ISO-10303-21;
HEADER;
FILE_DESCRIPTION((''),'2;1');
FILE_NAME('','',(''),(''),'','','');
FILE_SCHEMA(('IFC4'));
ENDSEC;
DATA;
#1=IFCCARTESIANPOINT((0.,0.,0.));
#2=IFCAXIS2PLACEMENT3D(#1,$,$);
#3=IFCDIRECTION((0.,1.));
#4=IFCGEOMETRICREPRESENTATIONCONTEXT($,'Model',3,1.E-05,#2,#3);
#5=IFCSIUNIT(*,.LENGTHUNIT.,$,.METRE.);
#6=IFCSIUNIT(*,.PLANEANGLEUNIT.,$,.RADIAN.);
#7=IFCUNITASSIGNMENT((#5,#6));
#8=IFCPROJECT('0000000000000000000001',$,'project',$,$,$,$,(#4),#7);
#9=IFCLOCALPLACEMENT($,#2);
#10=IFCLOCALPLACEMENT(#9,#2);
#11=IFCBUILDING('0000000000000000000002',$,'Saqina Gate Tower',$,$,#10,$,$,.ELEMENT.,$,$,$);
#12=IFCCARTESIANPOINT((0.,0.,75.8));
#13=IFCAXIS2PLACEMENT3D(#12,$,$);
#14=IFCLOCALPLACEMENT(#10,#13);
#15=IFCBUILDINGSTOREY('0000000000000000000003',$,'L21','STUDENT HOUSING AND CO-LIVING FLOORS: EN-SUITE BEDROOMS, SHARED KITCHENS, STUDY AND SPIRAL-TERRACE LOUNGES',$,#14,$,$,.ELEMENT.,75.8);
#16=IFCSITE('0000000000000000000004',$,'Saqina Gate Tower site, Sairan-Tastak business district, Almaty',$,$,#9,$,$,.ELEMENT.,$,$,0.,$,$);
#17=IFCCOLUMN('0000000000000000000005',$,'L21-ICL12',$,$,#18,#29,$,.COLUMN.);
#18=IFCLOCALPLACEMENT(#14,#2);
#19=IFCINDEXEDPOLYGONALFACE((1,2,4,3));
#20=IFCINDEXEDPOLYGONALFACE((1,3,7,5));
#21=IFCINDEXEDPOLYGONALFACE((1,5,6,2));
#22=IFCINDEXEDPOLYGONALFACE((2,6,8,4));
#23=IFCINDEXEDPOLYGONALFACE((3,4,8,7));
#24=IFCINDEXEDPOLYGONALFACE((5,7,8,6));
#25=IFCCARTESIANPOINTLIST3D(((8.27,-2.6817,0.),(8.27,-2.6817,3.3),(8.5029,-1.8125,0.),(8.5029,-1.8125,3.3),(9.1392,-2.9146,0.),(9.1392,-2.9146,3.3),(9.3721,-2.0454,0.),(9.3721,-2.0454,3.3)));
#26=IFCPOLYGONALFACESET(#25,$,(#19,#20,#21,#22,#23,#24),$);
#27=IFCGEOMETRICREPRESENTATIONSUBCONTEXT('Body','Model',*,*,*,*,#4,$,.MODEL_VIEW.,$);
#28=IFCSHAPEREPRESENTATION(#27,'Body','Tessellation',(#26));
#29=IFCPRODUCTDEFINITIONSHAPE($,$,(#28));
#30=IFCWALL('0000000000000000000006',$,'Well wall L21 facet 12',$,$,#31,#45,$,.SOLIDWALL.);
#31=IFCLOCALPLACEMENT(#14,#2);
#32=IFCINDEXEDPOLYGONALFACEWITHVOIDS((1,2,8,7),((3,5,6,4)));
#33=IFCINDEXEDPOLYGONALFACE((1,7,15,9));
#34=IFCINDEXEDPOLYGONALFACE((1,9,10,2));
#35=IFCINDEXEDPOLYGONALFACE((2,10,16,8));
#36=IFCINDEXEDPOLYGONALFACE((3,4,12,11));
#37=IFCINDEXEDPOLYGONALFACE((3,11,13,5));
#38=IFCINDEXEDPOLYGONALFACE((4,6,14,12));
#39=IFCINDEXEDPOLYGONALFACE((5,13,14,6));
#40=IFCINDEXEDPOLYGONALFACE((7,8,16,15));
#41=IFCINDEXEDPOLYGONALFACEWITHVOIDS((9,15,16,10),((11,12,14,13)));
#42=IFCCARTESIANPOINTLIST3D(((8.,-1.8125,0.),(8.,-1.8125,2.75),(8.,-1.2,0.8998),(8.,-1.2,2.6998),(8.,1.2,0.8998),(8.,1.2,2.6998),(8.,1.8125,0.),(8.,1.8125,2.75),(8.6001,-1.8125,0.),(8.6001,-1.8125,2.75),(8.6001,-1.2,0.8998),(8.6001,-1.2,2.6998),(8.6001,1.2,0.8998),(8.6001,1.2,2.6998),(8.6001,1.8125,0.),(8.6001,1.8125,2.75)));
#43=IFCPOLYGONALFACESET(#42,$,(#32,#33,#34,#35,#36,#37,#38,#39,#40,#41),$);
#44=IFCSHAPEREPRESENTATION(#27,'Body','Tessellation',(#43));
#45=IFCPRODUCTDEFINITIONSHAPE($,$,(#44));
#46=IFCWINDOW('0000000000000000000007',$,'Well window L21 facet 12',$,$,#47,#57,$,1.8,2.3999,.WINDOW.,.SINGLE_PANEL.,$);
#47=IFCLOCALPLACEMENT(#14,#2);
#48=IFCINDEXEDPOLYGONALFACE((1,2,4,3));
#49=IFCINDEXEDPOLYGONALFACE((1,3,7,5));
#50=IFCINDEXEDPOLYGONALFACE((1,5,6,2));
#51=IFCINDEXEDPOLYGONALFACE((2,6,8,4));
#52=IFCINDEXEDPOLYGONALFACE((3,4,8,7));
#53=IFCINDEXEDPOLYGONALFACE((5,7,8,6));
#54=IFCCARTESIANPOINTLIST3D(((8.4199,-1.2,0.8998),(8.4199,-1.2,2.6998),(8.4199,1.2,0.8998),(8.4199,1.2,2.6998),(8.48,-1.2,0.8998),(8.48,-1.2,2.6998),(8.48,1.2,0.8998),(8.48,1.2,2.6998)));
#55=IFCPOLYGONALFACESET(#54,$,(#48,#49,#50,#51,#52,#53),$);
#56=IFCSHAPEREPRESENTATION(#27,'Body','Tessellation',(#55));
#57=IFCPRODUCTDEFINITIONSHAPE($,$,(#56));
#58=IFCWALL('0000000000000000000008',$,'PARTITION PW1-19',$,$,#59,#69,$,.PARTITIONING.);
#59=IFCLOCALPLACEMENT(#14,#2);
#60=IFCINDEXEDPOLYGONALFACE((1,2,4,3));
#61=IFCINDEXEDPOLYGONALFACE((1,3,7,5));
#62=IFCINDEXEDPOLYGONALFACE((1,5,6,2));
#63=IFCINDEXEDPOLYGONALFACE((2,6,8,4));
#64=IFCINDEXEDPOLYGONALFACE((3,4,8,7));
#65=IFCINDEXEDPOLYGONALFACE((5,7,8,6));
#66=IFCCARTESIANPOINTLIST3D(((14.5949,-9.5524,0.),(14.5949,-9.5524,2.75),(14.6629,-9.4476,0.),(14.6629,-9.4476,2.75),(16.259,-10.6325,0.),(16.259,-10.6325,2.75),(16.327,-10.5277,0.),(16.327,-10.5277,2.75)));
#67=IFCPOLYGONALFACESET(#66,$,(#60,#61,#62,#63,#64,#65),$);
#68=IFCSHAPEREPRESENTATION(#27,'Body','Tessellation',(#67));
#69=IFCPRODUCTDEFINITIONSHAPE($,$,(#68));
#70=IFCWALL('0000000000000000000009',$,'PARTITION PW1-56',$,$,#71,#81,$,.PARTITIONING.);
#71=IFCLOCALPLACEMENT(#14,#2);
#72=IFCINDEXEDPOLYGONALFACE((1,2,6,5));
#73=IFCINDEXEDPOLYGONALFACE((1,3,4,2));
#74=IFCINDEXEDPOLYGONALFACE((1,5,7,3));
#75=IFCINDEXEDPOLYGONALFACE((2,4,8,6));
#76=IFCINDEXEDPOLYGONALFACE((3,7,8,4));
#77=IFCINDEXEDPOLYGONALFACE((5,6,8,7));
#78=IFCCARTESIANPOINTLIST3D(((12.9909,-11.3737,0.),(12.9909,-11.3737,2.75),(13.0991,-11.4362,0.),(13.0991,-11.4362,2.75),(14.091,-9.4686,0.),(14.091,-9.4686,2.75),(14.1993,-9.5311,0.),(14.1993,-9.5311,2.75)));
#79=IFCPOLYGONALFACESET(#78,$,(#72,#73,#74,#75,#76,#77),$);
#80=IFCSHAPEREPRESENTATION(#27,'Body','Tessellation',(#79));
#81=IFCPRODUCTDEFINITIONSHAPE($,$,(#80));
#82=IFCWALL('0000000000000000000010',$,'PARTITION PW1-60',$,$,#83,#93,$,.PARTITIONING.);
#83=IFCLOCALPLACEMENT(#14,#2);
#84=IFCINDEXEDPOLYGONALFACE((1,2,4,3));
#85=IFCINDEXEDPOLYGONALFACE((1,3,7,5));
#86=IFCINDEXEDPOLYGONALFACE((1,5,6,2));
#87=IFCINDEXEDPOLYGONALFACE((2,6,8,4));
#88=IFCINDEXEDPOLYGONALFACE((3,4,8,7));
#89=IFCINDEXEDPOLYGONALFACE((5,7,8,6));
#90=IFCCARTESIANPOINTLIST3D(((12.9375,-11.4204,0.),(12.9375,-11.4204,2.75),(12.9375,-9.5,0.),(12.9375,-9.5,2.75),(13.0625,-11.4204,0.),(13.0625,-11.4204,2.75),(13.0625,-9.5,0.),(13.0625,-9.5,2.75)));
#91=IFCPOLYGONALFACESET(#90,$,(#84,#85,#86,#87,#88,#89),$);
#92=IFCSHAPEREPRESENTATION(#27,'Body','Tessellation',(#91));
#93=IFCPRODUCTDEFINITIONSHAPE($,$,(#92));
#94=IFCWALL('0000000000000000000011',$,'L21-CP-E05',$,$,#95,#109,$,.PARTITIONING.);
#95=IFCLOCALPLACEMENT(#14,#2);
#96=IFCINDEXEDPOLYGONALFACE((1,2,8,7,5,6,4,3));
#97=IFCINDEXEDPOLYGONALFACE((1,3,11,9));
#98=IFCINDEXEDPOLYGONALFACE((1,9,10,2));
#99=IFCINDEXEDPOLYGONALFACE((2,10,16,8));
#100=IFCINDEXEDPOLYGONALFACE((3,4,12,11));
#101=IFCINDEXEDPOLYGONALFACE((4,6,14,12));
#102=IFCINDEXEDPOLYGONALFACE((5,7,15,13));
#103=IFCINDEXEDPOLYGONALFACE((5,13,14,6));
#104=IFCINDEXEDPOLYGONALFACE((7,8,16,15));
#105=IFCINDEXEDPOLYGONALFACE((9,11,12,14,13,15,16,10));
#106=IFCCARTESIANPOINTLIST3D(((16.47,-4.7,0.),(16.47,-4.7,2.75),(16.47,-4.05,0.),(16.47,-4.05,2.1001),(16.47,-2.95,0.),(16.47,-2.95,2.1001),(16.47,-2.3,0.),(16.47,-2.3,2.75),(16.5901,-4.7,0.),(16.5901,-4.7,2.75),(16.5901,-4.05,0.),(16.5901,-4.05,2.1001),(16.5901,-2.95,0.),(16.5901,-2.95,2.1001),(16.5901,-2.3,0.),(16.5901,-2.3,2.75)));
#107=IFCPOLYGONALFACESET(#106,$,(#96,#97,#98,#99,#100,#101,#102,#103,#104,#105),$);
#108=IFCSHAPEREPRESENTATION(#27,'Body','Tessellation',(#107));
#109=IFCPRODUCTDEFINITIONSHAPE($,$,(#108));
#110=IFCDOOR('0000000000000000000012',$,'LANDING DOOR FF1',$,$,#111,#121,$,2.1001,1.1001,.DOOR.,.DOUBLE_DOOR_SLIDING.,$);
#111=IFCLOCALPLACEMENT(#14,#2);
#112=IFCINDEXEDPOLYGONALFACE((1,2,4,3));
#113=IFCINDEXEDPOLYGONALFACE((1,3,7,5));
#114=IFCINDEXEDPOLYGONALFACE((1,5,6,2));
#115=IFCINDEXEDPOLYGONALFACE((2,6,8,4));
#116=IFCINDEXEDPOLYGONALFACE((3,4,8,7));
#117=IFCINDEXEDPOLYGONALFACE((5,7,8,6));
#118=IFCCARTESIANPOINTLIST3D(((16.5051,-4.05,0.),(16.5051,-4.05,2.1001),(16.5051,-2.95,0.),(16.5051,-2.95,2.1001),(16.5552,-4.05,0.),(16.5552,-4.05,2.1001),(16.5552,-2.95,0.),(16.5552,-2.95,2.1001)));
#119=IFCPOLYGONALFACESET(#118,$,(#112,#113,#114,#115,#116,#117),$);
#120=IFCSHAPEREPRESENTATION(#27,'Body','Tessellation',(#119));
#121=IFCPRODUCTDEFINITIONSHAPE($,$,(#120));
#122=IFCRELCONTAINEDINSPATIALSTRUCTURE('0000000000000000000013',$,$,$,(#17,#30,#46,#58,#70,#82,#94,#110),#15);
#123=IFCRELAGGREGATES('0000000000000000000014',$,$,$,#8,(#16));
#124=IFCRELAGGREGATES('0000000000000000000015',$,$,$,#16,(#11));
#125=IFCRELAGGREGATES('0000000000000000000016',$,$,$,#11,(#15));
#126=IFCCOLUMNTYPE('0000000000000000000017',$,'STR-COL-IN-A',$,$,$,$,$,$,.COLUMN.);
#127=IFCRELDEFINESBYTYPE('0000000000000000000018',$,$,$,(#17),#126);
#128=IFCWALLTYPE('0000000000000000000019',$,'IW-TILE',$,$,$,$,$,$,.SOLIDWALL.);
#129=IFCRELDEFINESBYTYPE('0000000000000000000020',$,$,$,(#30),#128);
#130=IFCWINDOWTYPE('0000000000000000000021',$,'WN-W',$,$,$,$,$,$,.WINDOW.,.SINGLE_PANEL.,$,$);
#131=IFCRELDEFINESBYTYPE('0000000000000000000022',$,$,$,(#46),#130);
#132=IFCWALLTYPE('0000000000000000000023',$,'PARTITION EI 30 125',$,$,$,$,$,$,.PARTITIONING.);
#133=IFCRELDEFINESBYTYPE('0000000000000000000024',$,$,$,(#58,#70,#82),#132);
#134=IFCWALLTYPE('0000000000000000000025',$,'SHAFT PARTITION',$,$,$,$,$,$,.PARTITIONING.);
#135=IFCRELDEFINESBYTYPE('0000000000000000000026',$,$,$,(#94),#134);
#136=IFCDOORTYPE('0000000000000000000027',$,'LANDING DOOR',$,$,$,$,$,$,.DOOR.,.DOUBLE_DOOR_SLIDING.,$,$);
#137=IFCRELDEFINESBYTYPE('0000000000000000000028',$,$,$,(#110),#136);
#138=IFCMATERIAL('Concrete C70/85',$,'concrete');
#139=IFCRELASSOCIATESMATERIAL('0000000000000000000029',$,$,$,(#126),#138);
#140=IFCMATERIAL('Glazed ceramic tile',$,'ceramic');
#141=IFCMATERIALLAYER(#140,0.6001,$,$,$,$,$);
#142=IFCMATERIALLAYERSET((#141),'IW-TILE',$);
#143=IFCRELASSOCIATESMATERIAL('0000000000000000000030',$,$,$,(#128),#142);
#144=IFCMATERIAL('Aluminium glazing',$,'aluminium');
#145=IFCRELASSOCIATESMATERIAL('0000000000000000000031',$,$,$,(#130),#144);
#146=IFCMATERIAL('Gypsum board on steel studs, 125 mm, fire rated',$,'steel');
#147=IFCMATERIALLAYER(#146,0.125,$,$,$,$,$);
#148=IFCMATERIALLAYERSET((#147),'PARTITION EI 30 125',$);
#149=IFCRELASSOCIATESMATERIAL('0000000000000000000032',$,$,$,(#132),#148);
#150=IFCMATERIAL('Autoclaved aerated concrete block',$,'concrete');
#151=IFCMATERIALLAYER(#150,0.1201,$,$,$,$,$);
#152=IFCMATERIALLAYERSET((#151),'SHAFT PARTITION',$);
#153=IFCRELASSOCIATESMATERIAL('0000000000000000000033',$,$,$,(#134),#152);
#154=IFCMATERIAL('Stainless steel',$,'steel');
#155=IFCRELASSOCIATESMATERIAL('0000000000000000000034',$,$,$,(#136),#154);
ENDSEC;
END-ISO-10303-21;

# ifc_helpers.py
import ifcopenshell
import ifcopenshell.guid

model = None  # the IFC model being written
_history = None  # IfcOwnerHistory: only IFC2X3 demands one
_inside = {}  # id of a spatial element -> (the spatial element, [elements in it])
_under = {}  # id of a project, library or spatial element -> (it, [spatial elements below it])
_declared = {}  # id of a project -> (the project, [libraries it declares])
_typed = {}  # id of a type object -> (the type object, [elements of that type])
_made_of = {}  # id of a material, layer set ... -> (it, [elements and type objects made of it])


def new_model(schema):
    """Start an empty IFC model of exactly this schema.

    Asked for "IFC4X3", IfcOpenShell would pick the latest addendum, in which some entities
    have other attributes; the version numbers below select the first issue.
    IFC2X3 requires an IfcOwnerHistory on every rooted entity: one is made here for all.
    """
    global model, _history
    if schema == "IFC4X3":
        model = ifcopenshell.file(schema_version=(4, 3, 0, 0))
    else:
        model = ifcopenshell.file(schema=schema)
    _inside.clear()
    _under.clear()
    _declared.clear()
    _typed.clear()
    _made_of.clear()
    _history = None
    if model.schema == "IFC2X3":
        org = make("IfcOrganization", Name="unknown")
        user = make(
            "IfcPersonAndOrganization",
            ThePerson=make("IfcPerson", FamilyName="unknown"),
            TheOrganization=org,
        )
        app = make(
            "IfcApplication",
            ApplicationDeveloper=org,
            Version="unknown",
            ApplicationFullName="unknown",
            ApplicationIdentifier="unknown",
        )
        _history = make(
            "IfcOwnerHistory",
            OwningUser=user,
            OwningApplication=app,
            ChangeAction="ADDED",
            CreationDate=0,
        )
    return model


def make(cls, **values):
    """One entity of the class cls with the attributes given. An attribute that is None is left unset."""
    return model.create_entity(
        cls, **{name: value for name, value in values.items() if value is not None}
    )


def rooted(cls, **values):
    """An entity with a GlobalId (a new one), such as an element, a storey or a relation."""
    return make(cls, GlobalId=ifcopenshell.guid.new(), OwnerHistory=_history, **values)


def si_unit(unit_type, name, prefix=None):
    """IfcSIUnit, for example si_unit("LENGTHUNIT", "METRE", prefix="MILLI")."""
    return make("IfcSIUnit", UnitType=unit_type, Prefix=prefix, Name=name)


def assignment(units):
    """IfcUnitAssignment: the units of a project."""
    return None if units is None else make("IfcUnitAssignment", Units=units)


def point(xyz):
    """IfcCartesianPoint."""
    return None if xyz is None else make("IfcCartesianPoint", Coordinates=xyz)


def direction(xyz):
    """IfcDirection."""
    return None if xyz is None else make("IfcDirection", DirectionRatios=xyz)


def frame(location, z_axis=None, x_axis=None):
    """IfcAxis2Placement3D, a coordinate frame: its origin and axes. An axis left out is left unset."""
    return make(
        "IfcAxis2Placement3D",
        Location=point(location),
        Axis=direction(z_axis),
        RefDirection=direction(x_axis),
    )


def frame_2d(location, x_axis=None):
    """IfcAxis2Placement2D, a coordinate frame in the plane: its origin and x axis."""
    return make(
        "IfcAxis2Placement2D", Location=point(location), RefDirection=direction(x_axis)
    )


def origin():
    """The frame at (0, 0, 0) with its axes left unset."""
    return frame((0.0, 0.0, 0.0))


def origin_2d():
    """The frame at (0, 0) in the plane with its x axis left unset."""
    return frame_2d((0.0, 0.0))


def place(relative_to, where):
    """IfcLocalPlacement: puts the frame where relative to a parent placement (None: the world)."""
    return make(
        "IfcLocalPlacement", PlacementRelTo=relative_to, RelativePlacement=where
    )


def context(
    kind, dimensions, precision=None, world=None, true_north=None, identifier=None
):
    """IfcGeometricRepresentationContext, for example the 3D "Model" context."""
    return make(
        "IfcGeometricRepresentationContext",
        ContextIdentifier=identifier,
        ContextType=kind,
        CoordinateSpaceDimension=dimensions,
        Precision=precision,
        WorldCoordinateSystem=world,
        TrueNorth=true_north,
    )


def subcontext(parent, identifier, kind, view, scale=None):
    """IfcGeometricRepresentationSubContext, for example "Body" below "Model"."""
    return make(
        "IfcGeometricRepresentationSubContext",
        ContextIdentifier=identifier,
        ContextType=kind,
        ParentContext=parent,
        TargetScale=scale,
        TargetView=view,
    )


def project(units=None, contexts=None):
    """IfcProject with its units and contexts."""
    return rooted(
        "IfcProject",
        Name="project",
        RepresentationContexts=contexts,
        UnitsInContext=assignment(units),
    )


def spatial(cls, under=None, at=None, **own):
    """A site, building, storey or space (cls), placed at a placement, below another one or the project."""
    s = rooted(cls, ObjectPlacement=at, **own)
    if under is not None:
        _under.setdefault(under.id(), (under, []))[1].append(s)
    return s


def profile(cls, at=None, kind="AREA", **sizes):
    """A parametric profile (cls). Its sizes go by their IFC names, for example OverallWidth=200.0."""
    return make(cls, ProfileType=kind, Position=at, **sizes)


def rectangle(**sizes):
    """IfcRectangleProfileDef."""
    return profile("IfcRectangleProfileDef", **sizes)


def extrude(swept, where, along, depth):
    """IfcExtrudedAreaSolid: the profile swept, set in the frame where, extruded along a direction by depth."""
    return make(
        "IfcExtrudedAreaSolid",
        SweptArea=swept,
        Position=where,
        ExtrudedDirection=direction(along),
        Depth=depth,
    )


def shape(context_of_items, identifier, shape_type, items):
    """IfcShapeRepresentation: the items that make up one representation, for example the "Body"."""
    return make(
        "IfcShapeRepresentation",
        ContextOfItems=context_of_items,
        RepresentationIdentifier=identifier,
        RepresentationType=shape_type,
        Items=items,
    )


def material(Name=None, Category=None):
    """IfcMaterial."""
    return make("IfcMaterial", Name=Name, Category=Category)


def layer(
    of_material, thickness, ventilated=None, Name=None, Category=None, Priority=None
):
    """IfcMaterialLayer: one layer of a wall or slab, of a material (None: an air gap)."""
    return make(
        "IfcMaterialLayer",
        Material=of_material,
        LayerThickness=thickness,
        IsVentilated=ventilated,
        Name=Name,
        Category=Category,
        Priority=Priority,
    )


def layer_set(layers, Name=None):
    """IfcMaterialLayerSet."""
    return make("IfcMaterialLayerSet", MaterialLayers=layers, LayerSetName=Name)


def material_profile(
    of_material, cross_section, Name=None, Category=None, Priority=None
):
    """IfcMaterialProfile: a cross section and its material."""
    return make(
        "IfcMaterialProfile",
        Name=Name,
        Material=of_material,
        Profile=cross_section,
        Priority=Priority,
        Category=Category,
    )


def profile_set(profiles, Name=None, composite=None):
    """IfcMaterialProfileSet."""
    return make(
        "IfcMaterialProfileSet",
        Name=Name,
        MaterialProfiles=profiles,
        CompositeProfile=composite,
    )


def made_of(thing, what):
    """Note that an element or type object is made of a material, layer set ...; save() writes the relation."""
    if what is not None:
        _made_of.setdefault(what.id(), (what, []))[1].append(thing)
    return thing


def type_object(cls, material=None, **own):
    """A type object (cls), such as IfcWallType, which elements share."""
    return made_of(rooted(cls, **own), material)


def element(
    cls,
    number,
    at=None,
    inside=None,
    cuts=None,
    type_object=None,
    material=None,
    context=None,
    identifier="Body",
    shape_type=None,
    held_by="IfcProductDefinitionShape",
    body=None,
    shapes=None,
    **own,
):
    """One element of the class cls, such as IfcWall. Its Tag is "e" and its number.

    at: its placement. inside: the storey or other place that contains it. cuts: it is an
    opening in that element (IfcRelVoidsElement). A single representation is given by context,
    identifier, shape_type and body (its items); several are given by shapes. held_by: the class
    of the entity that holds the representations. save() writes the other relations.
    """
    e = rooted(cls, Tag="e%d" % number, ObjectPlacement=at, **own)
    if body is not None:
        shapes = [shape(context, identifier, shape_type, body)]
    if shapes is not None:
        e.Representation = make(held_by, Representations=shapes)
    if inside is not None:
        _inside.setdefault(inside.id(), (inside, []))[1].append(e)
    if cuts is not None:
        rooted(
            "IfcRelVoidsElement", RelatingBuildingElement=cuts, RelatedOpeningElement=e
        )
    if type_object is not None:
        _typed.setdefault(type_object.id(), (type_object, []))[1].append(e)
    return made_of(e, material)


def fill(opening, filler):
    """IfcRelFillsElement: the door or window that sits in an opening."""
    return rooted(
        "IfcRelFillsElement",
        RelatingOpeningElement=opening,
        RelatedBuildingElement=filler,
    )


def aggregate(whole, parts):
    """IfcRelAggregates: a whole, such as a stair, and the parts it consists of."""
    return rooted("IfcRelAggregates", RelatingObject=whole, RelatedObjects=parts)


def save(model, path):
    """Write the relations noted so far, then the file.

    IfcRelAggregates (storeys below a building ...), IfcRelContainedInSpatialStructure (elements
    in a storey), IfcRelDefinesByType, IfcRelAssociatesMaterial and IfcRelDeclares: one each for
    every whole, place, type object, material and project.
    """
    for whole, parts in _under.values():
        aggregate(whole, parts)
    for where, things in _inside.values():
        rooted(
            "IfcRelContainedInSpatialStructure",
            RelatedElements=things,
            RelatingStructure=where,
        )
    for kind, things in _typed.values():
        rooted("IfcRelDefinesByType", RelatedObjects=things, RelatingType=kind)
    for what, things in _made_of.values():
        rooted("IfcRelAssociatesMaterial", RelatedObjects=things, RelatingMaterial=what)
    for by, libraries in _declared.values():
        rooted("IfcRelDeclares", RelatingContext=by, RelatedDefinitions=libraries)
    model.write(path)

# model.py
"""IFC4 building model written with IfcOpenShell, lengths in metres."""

from ifc_helpers import new_model, si_unit, direction, frame, frame_2d, origin, origin_2d, place, context, subcontext, project, spatial, rectangle, extrude, material, layer, layer_set, material_profile, profile_set, type_object, element, fill, save


model = new_model("IFC4")

# Units and contexts
model_context = context("Model", 3, precision=1e-05, world=origin(), true_north=direction((0.0, 1.0)))
body_context = subcontext(model_context, "Body", "Model", "MODEL_VIEW")
ifc_project = project(units=[si_unit("LENGTHUNIT", "METRE"), si_unit("PLANEANGLEUNIT", "RADIAN")], contexts=[model_context])

# Site, building, storey
site_placement = place(None, origin())
site = spatial("IfcSite", under=ifc_project, at=site_placement, Name="Saqina Gate Tower site, Sairan-Tastak business district, Almaty", CompositionType="ELEMENT", RefElevation=0.0)
building_placement = place(site_placement, origin())
building = spatial("IfcBuilding", under=site, at=building_placement, Name="Saqina Gate Tower", CompositionType="ELEMENT")
storey_placement = place(building_placement, frame((0.0, 0.0, 75.8)))
storey = spatial("IfcBuildingStorey", under=building, at=storey_placement, Name="L21", Description="STUDENT HOUSING AND CO-LIVING FLOORS: EN-SUITE BEDROOMS, SHARED KITCHENS, STUDY AND SPIRAL-TERRACE LOUNGES", CompositionType="ELEMENT", Elevation=75.8)

# Column
ifc_material_1 = material(Name="Concrete C70/85", Category="concrete")
ifc_material_profile = material_profile(ifc_material_1, rectangle(XDim=0.8999, YDim=0.8999, at=origin_2d()), Name="RC 900x900")
ifc_profile_set = profile_set([ifc_material_profile], Name="Concrete C70/85")
column_type = type_object("IfcColumnType", Name="STR-COL-IN-A", PredefinedType="COLUMN", material=ifc_profile_set)
column_placement = place(storey_placement, frame((8.821, -2.3635, 0.0), z_axis=(0.0, 0.0, 1.0), x_axis=(0.965926, -0.258819, 0.0)))
element("IfcColumn", 1, at=column_placement, inside=storey, type_object=column_type, Name="L21-ICL12", PredefinedType="COLUMN", context=body_context, shape_type="SweptSolid", body=[
    extrude(rectangle(XDim=0.8999, YDim=0.8999, at=origin_2d()), origin(), (0.0, 0.0, 1.0), 3.3),
])

# Wall, opening, window
ifc_material_2 = material(Name="Glazed ceramic tile", Category="ceramic")
ifc_layer_1 = layer(ifc_material_2, 0.6001)
ifc_layer_set_1 = layer_set([ifc_layer_1], Name="IW-TILE")
wall_type_1 = type_object("IfcWallType", Name="IW-TILE", PredefinedType="SOLIDWALL", material=ifc_layer_set_1)
wall_1_placement = place(storey_placement, frame((8.3, -1.8125, 0.0), z_axis=(0.0, 0.0, 1.0), x_axis=(0.0, 1.0, 0.0)))
wall_1 = element("IfcWall", 2, at=wall_1_placement, inside=storey, type_object=wall_type_1, Name="Well wall L21 facet 12", PredefinedType="SOLIDWALL", context=body_context, shape_type="SweptSolid", body=[
    extrude(rectangle(XDim=3.625, YDim=0.6001, at=frame_2d((1.8125, 0.0))), origin(), (0.0, 0.0, 1.0), 2.75),
])
opening_1_placement = place(wall_1_placement, frame((0.6125, 0.0, 0.8999)))
opening_1 = element("IfcOpeningElement", 3, at=opening_1_placement, cuts=wall_1, PredefinedType="OPENING", context=body_context, shape_type="SweptSolid", body=[
    extrude(rectangle(XDim=2.3999, YDim=1.8, at=frame_2d((1.2, 0.8999))), frame((0.0, 0.312, 0.0), z_axis=(0.0, -1.0, 0.0), x_axis=(1.0, 0.0, 0.0)), (0.0, 0.0, 1.0), 0.624),
])
ifc_material_3 = material(Name="Aluminium glazing", Category="aluminium")
window_type = type_object("IfcWindowType", Name="WN-W", PartitioningType="SINGLE_PANEL", PredefinedType="WINDOW", material=ifc_material_3)
window_placement = place(opening_1_placement, origin())
window = element("IfcWindow", 4, at=window_placement, inside=storey, type_object=window_type, Name="Well window L21 facet 12", OverallHeight=1.8, OverallWidth=2.3999, PartitioningType="SINGLE_PANEL", PredefinedType="WINDOW", context=body_context, shape_type="SweptSolid", body=[
    extrude(rectangle(XDim=2.3999, YDim=1.8, at=frame_2d((1.2, 0.8999))), frame((0.0, -0.1199, 0.0), z_axis=(0.0, -1.0, 0.0), x_axis=(1.0, 0.0, 0.0)), (0.0, 0.0, 1.0), 0.0601),
])
fill(opening_1, window)

# Walls
ifc_material_4 = material(Name="Gypsum board on steel studs, 125 mm, fire rated", Category="steel")
ifc_layer_2 = layer(ifc_material_4, 0.125)
ifc_layer_set_2 = layer_set([ifc_layer_2], Name="PARTITION EI 30 125")
wall_type_2 = type_object("IfcWallType", Name="PARTITION EI 30 125", PredefinedType="PARTITIONING", material=ifc_layer_set_2)
wall_2_placement = place(storey_placement, frame((14.6289, -9.5, 0.0), z_axis=(0.0, 0.0, 1.0), x_axis=(0.838803, -0.544435, 0.0)))
element("IfcWall", 5, at=wall_2_placement, inside=storey, type_object=wall_type_2, Name="PARTITION PW1-19", PredefinedType="PARTITIONING", context=body_context, shape_type="SweptSolid", body=[
    extrude(rectangle(XDim=1.9839, YDim=0.125, at=frame_2d((0.9919, 0.0))), origin(), (0.0, 0.0, 1.0), 2.75),
])
wall_3_placement = place(storey_placement, frame((13.0449, -11.405, 0.0), z_axis=(0.0, 0.0, 1.0), x_axis=(0.500078, 0.86598, 0.0)))
element("IfcWall", 6, at=wall_3_placement, inside=storey, type_object=wall_type_2, Name="PARTITION PW1-56", PredefinedType="PARTITIONING", context=body_context, shape_type="SweptSolid", body=[
    extrude(rectangle(XDim=2.2, YDim=0.125, at=frame_2d((1.1001, 0.0))), origin(), (0.0, 0.0, 1.0), 2.75),
])
wall_4_placement = place(storey_placement, frame((13.0, -11.4204, 0.0), z_axis=(0.0, 0.0, 1.0), x_axis=(0.0, 1.0, 0.0)))
element("IfcWall", 7, at=wall_4_placement, inside=storey, type_object=wall_type_2, Name="PARTITION PW1-60", PredefinedType="PARTITIONING", context=body_context, shape_type="SweptSolid", body=[
    extrude(rectangle(XDim=1.9204, YDim=0.125, at=frame_2d((0.9602, 0.0))), origin(), (0.0, 0.0, 1.0), 2.75),
])

# Wall, opening, door
ifc_material_5 = material(Name="Autoclaved aerated concrete block", Category="concrete")
ifc_layer_3 = layer(ifc_material_5, 0.1201)
ifc_layer_set_3 = layer_set([ifc_layer_3], Name="SHAFT PARTITION")
wall_type_3 = type_object("IfcWallType", Name="SHAFT PARTITION", PredefinedType="PARTITIONING", material=ifc_layer_set_3)
wall_5_placement = place(storey_placement, frame((16.53, -4.7, 0.0), z_axis=(0.0, 0.0, 1.0), x_axis=(0.0, 1.0, 0.0)))
wall_5 = element("IfcWall", 8, at=wall_5_placement, inside=storey, type_object=wall_type_3, Name="L21-CP-E05", PredefinedType="PARTITIONING", context=body_context, shape_type="SweptSolid", body=[
    extrude(rectangle(XDim=2.3999, YDim=0.1201, at=frame_2d((1.2, 0.0))), origin(), (0.0, 0.0, 1.0), 2.75),
])
opening_2_placement = place(wall_5_placement, frame((0.6499, 0.0, 0.0)))
opening_2 = element("IfcOpeningElement", 9, at=opening_2_placement, cuts=wall_5, PredefinedType="OPENING", context=body_context, shape_type="SweptSolid", body=[
    extrude(rectangle(XDim=1.1001, YDim=2.1001, at=frame_2d((0.55, 1.05))), frame((0.0, 0.072, 0.0), z_axis=(0.0, -1.0, 0.0), x_axis=(1.0, 0.0, 0.0)), (0.0, 0.0, 1.0), 0.144),
])
ifc_material_6 = material(Name="Stainless steel", Category="steel")
door_type_1 = type_object("IfcDoorType", Name="LANDING DOOR", OperationType="DOUBLE_DOOR_SLIDING", PredefinedType="DOOR", material=ifc_material_6)
door_1_placement = place(opening_2_placement, origin())
door_1 = element("IfcDoor", 10, at=door_1_placement, inside=storey, type_object=door_type_1, Name="LANDING DOOR FF1", OperationType="DOUBLE_DOOR_SLIDING", OverallHeight=2.1001, OverallWidth=1.1001, PredefinedType="DOOR", context=body_context, shape_type="SweptSolid", body=[
    extrude(rectangle(XDim=1.1001, YDim=2.1001, at=frame_2d((0.55, 1.05))), frame((0.0, 0.0249, 0.0), z_axis=(0.0, -1.0, 0.0), x_axis=(1.0, 0.0, 0.0)), (0.0, 0.0, 1.0), 0.05),
])
fill(opening_2, door_1)

save(model, "model.ifc")
